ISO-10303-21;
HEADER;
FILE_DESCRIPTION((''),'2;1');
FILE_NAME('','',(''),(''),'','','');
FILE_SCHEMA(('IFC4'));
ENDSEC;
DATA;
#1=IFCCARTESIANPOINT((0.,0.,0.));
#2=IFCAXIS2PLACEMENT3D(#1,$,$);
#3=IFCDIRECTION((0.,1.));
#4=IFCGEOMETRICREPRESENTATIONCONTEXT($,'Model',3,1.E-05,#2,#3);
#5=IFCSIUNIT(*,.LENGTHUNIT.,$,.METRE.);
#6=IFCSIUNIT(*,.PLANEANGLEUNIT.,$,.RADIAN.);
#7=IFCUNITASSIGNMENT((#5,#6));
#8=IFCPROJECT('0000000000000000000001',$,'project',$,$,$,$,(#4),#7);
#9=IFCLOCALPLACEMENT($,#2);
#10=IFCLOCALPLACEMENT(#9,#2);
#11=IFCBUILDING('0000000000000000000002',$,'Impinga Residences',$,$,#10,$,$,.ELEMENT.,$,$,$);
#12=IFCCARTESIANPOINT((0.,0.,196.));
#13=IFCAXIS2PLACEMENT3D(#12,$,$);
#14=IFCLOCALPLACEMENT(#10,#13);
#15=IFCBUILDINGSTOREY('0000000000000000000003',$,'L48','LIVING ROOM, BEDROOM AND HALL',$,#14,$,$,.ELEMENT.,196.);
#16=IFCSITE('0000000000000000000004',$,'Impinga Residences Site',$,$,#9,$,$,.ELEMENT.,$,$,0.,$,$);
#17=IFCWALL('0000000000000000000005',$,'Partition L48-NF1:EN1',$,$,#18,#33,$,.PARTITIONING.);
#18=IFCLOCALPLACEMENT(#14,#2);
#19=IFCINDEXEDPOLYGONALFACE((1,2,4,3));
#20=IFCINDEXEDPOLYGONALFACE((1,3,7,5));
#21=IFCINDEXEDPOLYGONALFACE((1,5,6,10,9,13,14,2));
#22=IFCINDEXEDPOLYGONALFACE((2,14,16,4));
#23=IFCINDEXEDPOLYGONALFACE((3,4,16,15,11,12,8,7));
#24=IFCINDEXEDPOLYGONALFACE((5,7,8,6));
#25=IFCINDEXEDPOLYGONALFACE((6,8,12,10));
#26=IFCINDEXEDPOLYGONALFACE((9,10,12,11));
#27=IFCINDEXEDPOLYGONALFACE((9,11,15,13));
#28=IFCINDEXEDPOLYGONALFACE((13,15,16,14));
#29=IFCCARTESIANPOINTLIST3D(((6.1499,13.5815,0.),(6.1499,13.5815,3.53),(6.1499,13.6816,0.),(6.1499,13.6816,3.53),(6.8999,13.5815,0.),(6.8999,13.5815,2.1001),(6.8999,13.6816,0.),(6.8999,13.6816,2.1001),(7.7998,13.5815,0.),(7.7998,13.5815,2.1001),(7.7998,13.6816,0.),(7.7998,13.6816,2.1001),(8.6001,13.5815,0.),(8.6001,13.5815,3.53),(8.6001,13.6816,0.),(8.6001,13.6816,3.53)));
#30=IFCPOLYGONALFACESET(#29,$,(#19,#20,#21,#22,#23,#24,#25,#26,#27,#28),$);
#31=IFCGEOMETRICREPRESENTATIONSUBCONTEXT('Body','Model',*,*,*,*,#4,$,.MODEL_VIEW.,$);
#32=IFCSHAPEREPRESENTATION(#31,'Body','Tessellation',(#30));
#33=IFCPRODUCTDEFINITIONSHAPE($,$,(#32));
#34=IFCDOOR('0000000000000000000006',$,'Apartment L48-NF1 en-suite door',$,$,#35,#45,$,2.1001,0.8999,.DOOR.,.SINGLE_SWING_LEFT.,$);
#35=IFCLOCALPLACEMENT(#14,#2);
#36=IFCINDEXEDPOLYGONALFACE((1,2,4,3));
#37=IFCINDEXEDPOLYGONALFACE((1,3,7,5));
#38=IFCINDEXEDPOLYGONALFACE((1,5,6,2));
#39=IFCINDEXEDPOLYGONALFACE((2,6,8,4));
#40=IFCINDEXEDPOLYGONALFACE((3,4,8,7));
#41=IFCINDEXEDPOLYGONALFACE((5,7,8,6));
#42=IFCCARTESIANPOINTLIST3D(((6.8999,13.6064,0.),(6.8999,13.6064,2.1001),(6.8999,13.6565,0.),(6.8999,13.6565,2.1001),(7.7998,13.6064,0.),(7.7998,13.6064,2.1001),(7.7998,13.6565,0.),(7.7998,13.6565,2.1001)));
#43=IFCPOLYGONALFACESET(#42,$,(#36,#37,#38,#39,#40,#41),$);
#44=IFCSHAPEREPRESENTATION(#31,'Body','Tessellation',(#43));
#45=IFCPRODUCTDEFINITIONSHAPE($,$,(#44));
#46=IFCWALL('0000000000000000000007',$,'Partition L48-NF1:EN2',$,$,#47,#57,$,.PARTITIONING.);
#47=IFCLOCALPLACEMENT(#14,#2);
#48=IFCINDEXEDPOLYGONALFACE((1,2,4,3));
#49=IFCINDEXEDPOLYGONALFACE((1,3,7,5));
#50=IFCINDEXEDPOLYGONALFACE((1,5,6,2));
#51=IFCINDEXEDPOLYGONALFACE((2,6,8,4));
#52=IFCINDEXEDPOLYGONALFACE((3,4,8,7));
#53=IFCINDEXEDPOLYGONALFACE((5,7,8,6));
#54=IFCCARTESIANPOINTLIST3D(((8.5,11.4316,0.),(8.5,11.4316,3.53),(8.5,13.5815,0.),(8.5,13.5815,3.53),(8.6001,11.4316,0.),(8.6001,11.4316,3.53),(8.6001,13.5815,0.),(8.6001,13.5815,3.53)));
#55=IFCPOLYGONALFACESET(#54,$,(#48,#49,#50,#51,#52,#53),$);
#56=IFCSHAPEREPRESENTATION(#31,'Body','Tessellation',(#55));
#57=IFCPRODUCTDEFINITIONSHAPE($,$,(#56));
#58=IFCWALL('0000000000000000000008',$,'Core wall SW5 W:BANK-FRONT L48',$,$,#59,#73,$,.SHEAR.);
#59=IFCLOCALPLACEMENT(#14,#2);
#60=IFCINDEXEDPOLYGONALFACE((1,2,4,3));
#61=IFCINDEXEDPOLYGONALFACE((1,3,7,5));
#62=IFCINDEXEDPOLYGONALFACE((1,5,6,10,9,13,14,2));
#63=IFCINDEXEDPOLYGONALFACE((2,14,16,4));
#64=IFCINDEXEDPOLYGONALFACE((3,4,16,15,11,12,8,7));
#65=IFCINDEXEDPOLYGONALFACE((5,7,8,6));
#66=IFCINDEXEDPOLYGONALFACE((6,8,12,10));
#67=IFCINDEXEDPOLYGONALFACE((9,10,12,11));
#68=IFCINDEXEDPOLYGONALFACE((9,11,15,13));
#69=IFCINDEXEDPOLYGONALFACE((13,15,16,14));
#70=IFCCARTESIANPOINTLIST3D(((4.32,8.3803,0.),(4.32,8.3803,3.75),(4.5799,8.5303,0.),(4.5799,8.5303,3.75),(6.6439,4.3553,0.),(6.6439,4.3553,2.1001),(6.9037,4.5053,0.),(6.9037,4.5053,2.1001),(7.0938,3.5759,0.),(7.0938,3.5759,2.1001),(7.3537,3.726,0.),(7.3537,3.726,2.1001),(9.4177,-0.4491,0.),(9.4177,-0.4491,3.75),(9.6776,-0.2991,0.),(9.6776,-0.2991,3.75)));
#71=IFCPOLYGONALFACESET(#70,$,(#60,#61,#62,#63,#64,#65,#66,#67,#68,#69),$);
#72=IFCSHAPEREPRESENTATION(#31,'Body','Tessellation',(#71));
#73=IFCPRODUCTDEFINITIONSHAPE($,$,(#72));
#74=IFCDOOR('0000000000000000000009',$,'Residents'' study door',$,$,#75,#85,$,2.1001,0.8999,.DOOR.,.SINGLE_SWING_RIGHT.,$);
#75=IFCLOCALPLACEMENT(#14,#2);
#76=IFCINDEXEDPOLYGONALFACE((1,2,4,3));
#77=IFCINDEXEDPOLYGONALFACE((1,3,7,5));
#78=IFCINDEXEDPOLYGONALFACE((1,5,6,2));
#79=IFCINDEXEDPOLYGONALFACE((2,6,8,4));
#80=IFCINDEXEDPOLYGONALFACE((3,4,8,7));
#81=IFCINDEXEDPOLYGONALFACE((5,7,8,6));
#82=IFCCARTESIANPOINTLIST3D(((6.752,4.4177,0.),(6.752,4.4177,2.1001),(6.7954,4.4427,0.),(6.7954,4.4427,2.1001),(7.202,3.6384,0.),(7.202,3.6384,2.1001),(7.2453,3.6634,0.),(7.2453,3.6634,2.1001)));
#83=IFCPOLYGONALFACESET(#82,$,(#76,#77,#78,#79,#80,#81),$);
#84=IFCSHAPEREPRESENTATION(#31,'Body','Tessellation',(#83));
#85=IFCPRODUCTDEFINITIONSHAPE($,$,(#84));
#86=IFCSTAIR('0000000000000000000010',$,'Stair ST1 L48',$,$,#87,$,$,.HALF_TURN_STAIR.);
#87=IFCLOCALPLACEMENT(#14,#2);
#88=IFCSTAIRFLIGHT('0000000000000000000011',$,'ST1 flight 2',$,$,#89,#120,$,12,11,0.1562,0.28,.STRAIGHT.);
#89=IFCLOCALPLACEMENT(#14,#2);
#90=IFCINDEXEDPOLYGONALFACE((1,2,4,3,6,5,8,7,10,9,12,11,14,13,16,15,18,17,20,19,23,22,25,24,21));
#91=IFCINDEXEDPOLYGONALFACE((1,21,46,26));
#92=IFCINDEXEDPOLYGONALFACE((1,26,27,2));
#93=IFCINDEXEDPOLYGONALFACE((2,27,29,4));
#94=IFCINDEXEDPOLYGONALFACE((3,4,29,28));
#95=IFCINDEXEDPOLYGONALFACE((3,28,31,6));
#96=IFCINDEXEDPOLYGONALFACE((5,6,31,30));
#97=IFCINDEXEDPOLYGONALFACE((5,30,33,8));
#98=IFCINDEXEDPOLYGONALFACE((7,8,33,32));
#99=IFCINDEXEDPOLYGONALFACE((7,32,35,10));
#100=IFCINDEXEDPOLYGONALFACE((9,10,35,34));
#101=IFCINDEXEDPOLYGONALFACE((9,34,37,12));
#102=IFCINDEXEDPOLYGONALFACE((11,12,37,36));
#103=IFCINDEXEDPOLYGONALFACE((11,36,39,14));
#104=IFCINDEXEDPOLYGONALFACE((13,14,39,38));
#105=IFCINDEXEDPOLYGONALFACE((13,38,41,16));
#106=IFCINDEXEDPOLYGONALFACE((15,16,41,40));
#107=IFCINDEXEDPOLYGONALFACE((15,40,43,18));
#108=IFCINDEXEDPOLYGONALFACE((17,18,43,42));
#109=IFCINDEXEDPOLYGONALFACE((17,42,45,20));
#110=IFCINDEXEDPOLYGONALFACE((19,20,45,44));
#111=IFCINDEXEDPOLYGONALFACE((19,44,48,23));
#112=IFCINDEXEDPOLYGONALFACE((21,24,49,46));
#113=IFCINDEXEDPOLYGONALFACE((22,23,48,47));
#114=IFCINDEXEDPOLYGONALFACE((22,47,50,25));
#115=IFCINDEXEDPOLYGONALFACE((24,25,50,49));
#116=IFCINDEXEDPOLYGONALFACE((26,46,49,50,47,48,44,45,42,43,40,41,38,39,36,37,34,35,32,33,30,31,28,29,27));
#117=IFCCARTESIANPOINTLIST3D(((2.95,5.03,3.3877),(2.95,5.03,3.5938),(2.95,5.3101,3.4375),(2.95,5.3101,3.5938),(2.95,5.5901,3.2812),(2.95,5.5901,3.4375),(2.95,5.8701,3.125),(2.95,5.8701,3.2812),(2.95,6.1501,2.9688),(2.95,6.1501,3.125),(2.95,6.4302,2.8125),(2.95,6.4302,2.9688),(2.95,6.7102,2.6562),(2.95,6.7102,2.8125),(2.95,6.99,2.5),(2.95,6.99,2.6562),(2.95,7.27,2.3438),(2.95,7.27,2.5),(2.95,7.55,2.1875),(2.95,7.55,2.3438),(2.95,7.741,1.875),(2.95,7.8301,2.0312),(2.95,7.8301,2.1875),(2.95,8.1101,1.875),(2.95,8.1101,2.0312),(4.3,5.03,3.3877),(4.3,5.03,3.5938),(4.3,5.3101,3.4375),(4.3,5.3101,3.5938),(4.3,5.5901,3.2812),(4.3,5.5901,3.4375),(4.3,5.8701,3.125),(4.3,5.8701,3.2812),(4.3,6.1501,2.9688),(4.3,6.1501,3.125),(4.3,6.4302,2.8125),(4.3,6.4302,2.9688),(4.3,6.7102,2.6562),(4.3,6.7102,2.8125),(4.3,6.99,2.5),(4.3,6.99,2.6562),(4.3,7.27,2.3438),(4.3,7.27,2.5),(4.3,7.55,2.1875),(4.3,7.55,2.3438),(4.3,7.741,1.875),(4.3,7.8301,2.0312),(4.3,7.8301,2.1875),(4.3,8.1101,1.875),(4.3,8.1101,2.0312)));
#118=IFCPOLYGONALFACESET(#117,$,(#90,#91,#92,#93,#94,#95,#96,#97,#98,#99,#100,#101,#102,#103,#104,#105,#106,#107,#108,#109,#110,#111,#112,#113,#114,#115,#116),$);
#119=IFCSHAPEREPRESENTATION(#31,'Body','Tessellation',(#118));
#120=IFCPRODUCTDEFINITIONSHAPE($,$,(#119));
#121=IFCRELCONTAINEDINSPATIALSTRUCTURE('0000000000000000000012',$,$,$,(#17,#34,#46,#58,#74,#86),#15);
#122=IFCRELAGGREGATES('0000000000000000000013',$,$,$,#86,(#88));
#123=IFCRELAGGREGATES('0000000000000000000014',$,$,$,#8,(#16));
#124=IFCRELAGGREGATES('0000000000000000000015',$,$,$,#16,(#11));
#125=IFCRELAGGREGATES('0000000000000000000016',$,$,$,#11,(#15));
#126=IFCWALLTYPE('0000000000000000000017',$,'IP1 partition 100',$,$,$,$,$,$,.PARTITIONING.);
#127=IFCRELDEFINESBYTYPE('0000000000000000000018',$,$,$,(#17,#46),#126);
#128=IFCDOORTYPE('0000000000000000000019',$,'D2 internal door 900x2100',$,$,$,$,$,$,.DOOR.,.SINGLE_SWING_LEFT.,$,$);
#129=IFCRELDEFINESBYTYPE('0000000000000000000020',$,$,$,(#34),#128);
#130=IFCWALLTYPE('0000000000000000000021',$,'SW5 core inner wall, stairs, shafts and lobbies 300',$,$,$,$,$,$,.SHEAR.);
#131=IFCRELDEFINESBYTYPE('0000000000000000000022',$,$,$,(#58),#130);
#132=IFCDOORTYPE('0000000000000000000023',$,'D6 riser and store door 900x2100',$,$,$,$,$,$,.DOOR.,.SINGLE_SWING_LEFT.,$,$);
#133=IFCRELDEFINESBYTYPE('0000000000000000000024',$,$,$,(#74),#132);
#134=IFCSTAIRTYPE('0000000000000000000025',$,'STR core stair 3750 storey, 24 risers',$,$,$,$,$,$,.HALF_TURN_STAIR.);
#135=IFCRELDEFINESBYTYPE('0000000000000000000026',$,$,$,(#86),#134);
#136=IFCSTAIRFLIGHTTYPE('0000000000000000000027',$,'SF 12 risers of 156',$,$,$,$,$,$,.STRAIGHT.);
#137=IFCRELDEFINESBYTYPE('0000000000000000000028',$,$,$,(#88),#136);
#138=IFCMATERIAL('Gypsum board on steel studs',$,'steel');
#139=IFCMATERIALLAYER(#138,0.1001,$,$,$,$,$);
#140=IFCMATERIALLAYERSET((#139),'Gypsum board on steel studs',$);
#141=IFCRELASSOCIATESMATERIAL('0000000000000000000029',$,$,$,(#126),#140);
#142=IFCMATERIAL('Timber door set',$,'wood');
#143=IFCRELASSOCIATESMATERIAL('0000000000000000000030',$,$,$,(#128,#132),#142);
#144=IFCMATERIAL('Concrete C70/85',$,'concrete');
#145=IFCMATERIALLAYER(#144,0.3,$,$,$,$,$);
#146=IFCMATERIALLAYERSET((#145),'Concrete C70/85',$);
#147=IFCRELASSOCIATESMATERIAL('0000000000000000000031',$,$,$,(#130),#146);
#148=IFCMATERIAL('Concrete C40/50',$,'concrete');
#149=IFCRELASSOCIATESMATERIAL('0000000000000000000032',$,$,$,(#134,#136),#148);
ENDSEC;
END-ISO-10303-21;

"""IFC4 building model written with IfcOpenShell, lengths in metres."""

from ifc_helpers import new_model, si_unit, direction, frame, frame_2d, origin, place, context, subcontext, project, spatial, polyline, rectangle, outline, extrude, material, layer, layer_set, type_object, element, fill, aggregate, save


model = new_model("IFC4")

# Units and contexts
model_context = context("Model", 3, precision=1e-05, world=origin(), true_north=direction((0.0, 1.0)))
body_context = subcontext(model_context, "Body", "Model", "MODEL_VIEW")
ifc_project = project(units=[si_unit("LENGTHUNIT", "METRE"), si_unit("PLANEANGLEUNIT", "RADIAN")], contexts=[model_context])

# Site, building, storey
site_placement = place(None, origin())
site = spatial("IfcSite", under=ifc_project, at=site_placement, Name="Impinga Residences Site", CompositionType="ELEMENT", RefElevation=0.0)
building_placement = place(site_placement, origin())
building = spatial("IfcBuilding", under=site, at=building_placement, Name="Impinga Residences", CompositionType="ELEMENT")
storey_placement = place(building_placement, frame((0.0, 0.0, 196.0)))
storey = spatial("IfcBuildingStorey", under=building, at=storey_placement, Name="L48", Description="LIVING ROOM, BEDROOM AND HALL", CompositionType="ELEMENT", Elevation=196.0)

# Shared definitions
ifc_material_1 = material(Name="Timber door set", Category="wood")

# Shared definitions
ifc_material_2 = material(Name="Gypsum board on steel studs", Category="steel")
ifc_layer_1 = layer(ifc_material_2, 0.1001)
ifc_layer_set_1 = layer_set([ifc_layer_1], Name="Gypsum board on steel studs")
wall_type_1 = type_object("IfcWallType", Name="IP1 partition 100", PredefinedType="PARTITIONING", material=ifc_layer_set_1)

# Shared definitions
door_type_1 = type_object("IfcDoorType", Name="D2 internal door 900x2100", OperationType="SINGLE_SWING_LEFT", PredefinedType="DOOR", material=ifc_material_1)

# Wall, opening, door
wall_1_placement = place(storey_placement, frame((6.1499, 13.6316, 0.0), z_axis=(0.0, 0.0, 1.0), x_axis=(1.0, 0.0, 0.0)))
wall_1 = element("IfcWall", 1, at=wall_1_placement, inside=storey, type_object=wall_type_1, Name="Partition L48-NF1:EN1", PredefinedType="PARTITIONING", context=body_context, shape_type="SweptSolid", body=[
    extrude(rectangle(XDim=2.4502, YDim=0.1001, at=frame_2d((1.2251, 0.0))), origin(), (0.0, 0.0, 1.0), 3.53),
])
opening_1_placement = place(wall_1_placement, frame((0.75, 0.0, 0.0)))
opening_1 = element("IfcOpeningElement", 2, at=opening_1_placement, cuts=wall_1, PredefinedType="OPENING", context=body_context, shape_type="SweptSolid", body=[
    extrude(rectangle(XDim=0.8999, YDim=2.1001, at=frame_2d((0.45, 1.05))), frame((0.0, 0.0601, 0.0), z_axis=(0.0, -1.0, 0.0), x_axis=(1.0, 0.0, 0.0)), (0.0, 0.0, 1.0), 0.1201),
])
door_1_placement = place(opening_1_placement, origin())
door_1 = element("IfcDoor", 3, at=door_1_placement, inside=storey, type_object=door_type_1, Name="Apartment L48-NF1 en-suite door", OperationType="SINGLE_SWING_LEFT", OverallHeight=2.1001, OverallWidth=0.8999, PredefinedType="DOOR", context=body_context, shape_type="SweptSolid", body=[
    extrude(rectangle(XDim=0.8999, YDim=2.1001, at=frame_2d((0.45, 1.05))), frame((0.0, 0.0249, 0.0), z_axis=(0.0, -1.0, 0.0), x_axis=(1.0, 0.0, 0.0)), (0.0, 0.0, 1.0), 0.05),
])
fill(opening_1, door_1)

# Wall
wall_2_placement = place(storey_placement, frame((8.55, 11.4316, 0.0), z_axis=(0.0, 0.0, 1.0), x_axis=(0.0, 1.0, 0.0)))
element("IfcWall", 4, at=wall_2_placement, inside=storey, type_object=wall_type_1, Name="Partition L48-NF1:EN2", PredefinedType="PARTITIONING", context=body_context, shape_type="SweptSolid", body=[
    extrude(rectangle(XDim=2.1499, YDim=0.1001, at=frame_2d((1.075, 0.0))), origin(), (0.0, 0.0, 1.0), 3.53),
])

# Wall, opening, door
ifc_material_3 = material(Name="Concrete C70/85", Category="concrete")
ifc_layer_2 = layer(ifc_material_3, 0.3)
ifc_layer_set_2 = layer_set([ifc_layer_2], Name="Concrete C70/85")
wall_type_2 = type_object("IfcWallType", Name="SW5 core inner wall, stairs, shafts and lobbies 300", PredefinedType="SHEAR", material=ifc_layer_set_2)
wall_3_placement = place(storey_placement, frame((4.45, 8.4553, 0.0), z_axis=(0.0, 0.0, 1.0), x_axis=(0.500002, -0.866024, 0.0)))
wall_3 = element("IfcWall", 5, at=wall_3_placement, inside=storey, type_object=wall_type_2, Name="Core wall SW5 W:BANK-FRONT L48", PredefinedType="SHEAR", context=body_context, shape_type="SweptSolid", body=[
    extrude(rectangle(XDim=10.1953, YDim=0.3, at=frame_2d((5.0977, 0.0))), origin(), (0.0, 0.0, 1.0), 3.75),
])
opening_2_placement = place(wall_3_placement, frame((4.6477, 0.0, 0.0)))
opening_2 = element("IfcOpeningElement", 6, at=opening_2_placement, cuts=wall_3, PredefinedType="OPENING", context=body_context, shape_type="SweptSolid", body=[
    extrude(rectangle(XDim=0.8999, YDim=2.1001, at=frame_2d((0.45, 1.05))), frame((0.0, 0.1599, 0.0), z_axis=(0.0, -1.0, 0.0), x_axis=(1.0, 0.0, 0.0)), (0.0, 0.0, 1.0), 0.3201),
])
door_type_2 = type_object("IfcDoorType", Name="D6 riser and store door 900x2100", OperationType="SINGLE_SWING_LEFT", PredefinedType="DOOR", material=ifc_material_1)
door_2_placement = place(opening_2_placement, origin())
door_2 = element("IfcDoor", 7, at=door_2_placement, inside=storey, type_object=door_type_2, Name="Residents' study door", OperationType="SINGLE_SWING_RIGHT", OverallHeight=2.1001, OverallWidth=0.8999, PredefinedType="DOOR", context=body_context, shape_type="SweptSolid", body=[
    extrude(rectangle(XDim=0.8999, YDim=2.1001, at=frame_2d((0.45, 1.05))), frame((0.0, 0.0249, 0.0), z_axis=(0.0, -1.0, 0.0), x_axis=(1.0, 0.0, 0.0)), (0.0, 0.0, 1.0), 0.05),
])
fill(opening_2, door_2)

# Stair, stair flight
ifc_material_4 = material(Name="Concrete C40/50", Category="concrete")
stair_type = type_object("IfcStairType", Name="STR core stair 3750 storey, 24 risers", PredefinedType="HALF_TURN_STAIR", material=ifc_material_4)
stair_placement = place(storey_placement, origin())
stair = element("IfcStair", 8, at=stair_placement, inside=storey, type_object=stair_type, Name="Stair ST1 L48", PredefinedType="HALF_TURN_STAIR")
stair_flight_type = type_object("IfcStairFlightType", Name="SF 12 risers of 156", PredefinedType="STRAIGHT", material=ifc_material_4)
stair_flight_placement = place(storey_placement, frame((3.625, 8.1101, 1.875), z_axis=(0.0, 0.0, 1.0), x_axis=(0.0, -1.0, 0.0)))
stair_flight = element("IfcStairFlight", 9, at=stair_flight_placement, type_object=stair_flight_type, Name="ST1 flight 2", NumberOfRisers=12, NumberOfTreads=11, PredefinedType="STRAIGHT", RiserHeight=0.1562, TreadLength=0.28, context=body_context, shape_type="SweptSolid", body=[
    extrude(outline(polyline([(0.0, 0.0), (0.0, 0.1562), (0.28, 0.1562), (0.28, 0.3125), (0.5601, 0.3125), (0.5601, 0.4688), (0.8401, 0.4688), (0.8401, 0.625), (1.1201, 0.625), (1.1201, 0.7812), (1.3999, 0.7812), (1.3999, 0.9375), (1.6799, 0.9375), (1.6799, 1.0938), (1.96, 1.0938), (1.96, 1.25), (2.24, 1.25), (2.24, 1.4062), (2.52, 1.4062), (2.52, 1.5625), (2.8, 1.5625), (2.8, 1.7188), (3.0801, 1.7188), (3.0801, 1.875), (3.0801, 1.5127), (0.3691, 0.0), (0.0, 0.0)])), frame((0.0, 0.675, 0.0), z_axis=(0.0, -1.0, 0.0), x_axis=(1.0, 0.0, 0.0)), (0.0, 0.0, 1.0), 1.3501),
])
aggregate(stair, [stair_flight])

save(model, "model.ifc")
